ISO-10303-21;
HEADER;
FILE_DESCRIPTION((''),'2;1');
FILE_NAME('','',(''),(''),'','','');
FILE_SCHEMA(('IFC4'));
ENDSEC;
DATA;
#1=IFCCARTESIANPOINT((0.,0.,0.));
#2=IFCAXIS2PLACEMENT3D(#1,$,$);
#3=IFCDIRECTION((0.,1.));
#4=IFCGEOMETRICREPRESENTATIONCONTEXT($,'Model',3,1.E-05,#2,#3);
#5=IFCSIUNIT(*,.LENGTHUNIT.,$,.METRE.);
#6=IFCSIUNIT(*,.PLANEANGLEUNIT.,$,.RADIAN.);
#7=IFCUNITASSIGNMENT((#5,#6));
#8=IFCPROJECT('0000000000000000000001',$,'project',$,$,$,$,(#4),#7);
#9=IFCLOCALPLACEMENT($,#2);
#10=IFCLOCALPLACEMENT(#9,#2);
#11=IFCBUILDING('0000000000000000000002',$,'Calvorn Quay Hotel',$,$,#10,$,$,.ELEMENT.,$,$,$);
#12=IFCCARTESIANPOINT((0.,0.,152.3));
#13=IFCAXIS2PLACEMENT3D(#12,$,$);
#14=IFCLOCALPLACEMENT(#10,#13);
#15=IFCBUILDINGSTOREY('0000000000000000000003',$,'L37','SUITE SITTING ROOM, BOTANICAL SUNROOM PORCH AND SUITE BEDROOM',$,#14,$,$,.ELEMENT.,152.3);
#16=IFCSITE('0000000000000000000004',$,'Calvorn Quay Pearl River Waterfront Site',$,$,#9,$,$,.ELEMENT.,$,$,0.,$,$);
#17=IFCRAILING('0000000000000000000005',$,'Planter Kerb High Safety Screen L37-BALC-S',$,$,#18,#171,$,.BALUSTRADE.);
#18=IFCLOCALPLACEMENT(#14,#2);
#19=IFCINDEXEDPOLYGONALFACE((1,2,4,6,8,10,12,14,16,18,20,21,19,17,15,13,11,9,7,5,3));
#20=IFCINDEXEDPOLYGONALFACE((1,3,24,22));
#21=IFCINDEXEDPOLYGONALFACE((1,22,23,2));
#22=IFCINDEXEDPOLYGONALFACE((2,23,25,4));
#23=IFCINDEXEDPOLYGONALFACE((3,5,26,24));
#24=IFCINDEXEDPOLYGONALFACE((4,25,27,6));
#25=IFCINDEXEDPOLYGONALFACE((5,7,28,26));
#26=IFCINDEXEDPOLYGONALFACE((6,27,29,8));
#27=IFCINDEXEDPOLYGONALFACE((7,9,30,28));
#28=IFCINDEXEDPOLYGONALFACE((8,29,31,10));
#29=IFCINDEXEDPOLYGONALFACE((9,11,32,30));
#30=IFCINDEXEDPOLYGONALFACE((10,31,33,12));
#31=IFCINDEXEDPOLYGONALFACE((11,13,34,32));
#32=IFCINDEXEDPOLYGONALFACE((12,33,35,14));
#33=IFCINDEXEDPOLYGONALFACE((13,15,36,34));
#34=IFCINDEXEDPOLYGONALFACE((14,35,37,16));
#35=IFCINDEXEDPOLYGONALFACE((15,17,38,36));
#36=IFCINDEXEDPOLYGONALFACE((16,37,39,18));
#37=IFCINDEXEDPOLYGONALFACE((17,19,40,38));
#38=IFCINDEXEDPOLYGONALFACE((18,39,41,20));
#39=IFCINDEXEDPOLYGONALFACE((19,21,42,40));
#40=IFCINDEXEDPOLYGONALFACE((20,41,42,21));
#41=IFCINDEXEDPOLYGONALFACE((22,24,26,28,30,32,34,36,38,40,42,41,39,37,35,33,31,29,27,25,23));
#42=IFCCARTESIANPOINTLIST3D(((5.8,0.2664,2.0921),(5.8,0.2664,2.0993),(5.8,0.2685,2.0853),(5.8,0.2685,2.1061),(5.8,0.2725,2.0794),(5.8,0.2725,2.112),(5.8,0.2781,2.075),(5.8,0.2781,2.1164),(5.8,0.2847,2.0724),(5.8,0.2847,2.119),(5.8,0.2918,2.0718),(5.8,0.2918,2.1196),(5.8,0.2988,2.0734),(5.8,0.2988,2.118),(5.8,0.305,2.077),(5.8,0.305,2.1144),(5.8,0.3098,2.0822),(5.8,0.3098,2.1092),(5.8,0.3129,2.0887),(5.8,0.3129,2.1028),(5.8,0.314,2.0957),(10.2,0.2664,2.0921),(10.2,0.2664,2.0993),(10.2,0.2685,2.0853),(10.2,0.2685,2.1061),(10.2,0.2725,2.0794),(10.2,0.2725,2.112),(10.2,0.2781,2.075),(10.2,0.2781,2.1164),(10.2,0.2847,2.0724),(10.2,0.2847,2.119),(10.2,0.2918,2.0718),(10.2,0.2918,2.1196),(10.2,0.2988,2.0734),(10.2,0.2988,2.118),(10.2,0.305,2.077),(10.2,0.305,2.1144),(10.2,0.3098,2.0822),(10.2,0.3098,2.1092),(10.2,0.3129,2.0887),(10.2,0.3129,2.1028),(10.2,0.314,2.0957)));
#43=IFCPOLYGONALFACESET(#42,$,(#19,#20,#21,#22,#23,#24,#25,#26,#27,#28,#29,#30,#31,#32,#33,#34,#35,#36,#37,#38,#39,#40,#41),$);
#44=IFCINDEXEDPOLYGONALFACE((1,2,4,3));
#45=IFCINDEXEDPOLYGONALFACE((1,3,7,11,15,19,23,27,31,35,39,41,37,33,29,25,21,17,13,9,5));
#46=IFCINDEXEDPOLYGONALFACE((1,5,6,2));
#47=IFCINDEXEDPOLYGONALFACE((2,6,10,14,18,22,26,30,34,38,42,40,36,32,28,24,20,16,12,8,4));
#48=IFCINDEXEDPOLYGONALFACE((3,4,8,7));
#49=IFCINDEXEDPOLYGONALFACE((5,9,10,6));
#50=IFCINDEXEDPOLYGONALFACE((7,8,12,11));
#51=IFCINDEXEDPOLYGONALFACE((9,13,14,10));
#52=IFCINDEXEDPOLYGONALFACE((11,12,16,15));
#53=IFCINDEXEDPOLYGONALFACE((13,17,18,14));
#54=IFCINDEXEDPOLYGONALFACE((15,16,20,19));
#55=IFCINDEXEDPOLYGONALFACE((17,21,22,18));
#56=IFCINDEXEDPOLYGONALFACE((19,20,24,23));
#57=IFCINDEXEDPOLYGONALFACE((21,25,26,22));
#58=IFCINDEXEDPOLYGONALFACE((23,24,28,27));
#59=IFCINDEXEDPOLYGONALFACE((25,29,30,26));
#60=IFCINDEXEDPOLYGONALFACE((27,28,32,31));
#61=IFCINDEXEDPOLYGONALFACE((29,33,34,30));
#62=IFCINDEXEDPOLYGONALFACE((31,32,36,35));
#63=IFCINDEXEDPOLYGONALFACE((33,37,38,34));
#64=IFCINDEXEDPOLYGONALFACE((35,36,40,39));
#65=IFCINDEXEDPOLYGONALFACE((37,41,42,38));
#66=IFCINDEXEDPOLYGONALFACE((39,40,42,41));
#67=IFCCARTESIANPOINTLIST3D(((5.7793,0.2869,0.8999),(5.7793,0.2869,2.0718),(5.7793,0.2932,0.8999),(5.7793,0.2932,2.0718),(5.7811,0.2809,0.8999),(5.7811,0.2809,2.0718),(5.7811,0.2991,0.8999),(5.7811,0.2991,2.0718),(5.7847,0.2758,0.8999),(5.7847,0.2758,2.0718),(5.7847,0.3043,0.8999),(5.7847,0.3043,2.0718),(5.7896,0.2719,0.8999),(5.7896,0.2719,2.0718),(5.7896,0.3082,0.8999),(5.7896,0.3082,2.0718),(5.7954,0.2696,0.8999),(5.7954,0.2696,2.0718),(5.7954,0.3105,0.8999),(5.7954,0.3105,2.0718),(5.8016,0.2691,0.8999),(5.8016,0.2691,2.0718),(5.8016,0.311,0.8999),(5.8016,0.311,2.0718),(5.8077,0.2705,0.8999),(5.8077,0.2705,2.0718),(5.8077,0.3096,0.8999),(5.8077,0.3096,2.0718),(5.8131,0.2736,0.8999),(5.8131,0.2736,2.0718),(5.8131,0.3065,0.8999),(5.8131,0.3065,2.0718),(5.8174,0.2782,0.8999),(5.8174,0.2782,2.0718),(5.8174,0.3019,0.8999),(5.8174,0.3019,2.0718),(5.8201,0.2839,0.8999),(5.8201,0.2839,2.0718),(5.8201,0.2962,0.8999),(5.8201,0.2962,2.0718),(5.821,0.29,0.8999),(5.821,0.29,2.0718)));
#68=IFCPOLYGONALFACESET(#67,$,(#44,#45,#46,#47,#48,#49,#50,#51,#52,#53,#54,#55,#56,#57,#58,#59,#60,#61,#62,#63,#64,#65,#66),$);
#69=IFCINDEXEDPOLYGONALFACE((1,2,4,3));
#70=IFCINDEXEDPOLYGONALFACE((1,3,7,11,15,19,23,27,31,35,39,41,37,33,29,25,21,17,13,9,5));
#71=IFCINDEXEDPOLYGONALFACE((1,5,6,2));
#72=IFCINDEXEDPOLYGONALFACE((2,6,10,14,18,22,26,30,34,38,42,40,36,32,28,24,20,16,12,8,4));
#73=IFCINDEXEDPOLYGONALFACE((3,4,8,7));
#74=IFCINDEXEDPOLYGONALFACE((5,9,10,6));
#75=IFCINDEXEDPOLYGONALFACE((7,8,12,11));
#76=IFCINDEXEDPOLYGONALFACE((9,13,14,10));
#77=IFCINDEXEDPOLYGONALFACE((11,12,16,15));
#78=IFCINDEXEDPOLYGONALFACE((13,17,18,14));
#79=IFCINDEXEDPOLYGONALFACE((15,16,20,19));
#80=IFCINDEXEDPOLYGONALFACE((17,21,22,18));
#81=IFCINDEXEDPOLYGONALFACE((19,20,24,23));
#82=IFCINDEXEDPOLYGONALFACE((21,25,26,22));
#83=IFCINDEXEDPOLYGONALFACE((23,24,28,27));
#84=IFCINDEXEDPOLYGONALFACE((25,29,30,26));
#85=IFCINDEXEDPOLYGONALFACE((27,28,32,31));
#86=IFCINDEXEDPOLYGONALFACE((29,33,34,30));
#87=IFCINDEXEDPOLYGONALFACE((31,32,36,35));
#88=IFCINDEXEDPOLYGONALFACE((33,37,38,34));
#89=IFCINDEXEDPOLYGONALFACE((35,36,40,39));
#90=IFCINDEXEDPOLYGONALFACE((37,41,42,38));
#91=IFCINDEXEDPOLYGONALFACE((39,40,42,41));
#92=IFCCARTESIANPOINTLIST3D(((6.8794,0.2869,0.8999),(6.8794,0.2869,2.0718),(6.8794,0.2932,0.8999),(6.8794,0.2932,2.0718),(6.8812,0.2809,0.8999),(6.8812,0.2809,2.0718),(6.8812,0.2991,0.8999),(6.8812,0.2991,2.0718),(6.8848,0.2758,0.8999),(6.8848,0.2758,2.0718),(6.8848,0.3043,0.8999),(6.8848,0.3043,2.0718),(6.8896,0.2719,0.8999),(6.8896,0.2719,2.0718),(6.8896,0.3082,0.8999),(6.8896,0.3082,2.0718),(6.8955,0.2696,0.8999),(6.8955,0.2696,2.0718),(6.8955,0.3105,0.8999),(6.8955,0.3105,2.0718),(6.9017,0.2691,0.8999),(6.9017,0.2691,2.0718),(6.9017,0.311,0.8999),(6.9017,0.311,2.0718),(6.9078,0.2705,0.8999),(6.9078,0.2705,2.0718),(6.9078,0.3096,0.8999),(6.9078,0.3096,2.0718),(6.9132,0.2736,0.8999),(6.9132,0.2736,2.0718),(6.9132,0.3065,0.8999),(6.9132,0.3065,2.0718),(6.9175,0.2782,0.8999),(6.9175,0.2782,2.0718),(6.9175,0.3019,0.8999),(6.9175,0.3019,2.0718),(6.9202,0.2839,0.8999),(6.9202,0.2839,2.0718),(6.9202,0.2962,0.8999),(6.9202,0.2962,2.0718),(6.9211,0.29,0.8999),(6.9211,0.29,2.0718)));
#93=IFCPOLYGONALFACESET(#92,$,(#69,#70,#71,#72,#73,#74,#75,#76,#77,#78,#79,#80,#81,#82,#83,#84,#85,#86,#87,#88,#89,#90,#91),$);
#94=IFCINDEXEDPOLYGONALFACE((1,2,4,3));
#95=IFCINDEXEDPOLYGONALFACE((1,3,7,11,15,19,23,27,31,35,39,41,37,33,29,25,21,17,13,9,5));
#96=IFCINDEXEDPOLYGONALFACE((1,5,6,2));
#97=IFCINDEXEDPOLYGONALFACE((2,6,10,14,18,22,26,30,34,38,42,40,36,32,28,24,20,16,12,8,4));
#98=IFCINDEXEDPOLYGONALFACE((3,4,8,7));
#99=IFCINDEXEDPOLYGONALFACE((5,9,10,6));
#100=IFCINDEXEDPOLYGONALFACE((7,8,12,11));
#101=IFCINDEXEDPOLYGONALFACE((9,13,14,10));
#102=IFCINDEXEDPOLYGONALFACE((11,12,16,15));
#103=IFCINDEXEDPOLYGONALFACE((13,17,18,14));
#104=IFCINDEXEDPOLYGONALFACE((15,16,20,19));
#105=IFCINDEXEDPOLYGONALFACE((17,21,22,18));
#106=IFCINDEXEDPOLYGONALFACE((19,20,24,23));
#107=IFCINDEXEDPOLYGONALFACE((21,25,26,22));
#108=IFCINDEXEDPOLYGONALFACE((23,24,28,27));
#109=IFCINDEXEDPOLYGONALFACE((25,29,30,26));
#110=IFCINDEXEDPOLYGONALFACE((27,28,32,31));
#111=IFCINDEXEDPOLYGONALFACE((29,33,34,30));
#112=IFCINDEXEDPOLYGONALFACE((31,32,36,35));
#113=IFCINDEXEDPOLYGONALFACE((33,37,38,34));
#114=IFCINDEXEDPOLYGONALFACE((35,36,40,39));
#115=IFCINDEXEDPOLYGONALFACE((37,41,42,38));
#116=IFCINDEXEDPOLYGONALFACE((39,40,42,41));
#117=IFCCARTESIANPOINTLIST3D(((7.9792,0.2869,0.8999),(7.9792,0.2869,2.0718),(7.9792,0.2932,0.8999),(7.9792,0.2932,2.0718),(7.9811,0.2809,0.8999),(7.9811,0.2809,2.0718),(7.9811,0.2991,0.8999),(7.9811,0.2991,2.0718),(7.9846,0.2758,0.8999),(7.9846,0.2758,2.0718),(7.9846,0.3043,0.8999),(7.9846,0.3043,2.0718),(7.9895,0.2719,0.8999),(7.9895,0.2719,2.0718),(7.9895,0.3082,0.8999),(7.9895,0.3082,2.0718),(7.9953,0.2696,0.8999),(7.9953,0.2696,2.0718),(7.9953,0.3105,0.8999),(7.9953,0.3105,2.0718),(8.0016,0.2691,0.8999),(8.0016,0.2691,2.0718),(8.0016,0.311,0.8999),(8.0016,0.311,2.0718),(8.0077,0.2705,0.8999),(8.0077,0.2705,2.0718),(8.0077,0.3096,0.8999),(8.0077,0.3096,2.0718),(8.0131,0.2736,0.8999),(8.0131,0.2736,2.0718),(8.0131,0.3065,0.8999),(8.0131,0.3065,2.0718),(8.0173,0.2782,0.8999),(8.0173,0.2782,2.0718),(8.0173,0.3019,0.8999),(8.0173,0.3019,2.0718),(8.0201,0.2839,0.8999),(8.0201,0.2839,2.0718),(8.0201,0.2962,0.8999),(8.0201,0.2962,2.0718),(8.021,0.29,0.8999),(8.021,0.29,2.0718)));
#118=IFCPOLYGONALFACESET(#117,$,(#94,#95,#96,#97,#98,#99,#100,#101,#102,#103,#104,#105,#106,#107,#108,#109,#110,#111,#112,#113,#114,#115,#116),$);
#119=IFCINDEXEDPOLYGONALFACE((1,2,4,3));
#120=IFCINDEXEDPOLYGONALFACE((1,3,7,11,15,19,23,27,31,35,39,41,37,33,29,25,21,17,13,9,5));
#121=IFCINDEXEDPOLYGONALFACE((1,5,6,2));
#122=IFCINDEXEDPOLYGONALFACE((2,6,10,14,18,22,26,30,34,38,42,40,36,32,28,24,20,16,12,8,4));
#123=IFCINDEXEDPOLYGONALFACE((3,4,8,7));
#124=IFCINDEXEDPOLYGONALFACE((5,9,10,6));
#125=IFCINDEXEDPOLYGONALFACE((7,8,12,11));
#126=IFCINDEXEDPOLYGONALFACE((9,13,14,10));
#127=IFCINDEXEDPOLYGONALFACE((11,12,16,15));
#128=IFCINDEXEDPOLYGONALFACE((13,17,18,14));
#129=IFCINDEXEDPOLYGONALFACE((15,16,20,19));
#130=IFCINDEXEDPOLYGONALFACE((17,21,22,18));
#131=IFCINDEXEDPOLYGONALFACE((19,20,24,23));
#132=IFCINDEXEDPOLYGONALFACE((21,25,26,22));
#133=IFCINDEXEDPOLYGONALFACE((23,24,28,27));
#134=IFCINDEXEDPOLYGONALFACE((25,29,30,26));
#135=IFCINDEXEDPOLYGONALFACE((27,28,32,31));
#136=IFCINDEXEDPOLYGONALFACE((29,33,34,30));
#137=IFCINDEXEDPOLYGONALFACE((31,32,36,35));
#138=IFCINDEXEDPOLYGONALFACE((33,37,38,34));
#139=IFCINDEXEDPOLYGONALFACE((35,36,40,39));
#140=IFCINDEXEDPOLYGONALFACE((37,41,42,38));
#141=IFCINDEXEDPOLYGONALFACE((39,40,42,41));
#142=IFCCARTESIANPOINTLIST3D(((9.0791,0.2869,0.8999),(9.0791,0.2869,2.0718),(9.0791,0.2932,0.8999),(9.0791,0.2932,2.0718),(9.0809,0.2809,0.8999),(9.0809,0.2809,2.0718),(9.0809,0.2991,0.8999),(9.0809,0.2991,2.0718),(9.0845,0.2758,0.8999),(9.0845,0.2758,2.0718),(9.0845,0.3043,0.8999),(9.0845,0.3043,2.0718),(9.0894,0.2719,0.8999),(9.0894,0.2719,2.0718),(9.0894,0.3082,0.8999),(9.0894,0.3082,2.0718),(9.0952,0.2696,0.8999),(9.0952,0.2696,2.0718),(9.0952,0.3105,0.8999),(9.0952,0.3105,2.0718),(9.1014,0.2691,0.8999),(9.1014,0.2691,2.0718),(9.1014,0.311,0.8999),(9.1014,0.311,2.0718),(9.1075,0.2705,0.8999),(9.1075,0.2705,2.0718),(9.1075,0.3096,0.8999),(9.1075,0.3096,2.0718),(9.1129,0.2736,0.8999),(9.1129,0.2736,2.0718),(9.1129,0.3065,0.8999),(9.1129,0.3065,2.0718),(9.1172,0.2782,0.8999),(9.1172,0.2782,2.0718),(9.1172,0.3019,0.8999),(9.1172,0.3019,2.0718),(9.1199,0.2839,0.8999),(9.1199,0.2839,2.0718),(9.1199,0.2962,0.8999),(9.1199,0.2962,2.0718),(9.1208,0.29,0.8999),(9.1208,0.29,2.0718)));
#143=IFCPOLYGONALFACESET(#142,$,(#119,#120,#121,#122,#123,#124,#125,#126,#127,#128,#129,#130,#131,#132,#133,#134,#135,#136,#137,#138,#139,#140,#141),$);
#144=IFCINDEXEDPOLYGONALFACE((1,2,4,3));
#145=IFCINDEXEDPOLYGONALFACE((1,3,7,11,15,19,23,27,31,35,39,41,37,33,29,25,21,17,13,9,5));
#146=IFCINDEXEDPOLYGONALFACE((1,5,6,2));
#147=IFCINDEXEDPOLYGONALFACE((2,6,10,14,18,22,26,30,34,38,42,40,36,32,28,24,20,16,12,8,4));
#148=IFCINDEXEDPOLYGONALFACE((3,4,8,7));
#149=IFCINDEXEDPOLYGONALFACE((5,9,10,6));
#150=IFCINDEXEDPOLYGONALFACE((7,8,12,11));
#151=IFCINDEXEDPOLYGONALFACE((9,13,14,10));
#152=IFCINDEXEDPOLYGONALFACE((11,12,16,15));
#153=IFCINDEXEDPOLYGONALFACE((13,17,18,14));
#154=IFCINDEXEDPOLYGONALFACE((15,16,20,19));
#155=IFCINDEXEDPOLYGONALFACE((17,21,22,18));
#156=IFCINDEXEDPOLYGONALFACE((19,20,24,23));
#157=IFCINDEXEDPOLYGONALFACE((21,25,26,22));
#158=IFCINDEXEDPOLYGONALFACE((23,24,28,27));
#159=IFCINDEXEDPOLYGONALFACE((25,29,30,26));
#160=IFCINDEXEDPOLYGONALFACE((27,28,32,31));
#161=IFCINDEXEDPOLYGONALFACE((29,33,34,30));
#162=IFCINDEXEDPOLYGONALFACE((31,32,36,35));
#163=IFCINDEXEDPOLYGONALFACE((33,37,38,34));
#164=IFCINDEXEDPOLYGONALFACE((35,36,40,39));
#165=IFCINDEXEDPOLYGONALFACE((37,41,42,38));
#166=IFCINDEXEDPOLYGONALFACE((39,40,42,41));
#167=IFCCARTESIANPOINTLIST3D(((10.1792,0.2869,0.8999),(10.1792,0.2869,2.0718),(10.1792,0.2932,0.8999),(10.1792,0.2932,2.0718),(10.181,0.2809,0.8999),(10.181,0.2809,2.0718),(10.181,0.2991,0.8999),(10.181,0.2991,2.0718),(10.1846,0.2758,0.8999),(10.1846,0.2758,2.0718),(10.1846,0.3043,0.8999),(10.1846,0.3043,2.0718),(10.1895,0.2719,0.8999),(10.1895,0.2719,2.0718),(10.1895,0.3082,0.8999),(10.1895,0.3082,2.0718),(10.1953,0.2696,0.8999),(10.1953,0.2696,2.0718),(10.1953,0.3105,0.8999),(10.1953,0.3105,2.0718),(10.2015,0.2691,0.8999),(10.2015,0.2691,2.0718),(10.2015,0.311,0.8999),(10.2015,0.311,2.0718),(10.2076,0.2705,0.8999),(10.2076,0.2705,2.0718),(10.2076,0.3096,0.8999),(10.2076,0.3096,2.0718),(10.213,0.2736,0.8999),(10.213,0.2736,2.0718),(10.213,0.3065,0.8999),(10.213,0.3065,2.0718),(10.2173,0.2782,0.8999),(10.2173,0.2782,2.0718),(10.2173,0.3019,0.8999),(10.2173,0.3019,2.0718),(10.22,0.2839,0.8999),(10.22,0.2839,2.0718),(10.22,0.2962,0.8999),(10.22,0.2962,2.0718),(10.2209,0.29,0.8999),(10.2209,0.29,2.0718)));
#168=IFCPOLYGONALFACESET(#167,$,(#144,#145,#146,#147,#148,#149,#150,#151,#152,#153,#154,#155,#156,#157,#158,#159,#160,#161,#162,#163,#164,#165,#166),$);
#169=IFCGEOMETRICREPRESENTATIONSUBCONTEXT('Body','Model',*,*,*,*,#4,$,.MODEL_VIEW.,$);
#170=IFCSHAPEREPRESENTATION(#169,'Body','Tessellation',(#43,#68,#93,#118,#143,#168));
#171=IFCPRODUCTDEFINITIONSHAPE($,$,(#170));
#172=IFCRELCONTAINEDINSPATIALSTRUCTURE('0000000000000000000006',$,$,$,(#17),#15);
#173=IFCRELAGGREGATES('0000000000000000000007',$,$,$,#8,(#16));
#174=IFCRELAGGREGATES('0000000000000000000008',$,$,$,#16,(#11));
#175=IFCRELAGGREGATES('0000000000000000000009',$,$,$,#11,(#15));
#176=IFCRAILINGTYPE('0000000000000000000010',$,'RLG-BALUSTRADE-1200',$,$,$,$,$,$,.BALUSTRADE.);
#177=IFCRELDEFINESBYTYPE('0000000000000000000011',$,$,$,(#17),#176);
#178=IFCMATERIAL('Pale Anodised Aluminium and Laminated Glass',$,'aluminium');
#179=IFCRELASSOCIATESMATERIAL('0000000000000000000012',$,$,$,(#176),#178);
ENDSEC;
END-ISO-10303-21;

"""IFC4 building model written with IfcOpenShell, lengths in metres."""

from ifc_helpers import new_model, si_unit, direction, frame, origin, origin_2d, place, context, subcontext, project, spatial, circle, extrude, material, type_object, element, save


model = new_model("IFC4")

# Units and contexts
model_context = context("Model", 3, precision=1e-05, world=origin(), true_north=direction((0.0, 1.0)))
body_context = subcontext(model_context, "Body", "Model", "MODEL_VIEW")
ifc_project = project(units=[si_unit("LENGTHUNIT", "METRE"), si_unit("PLANEANGLEUNIT", "RADIAN")], contexts=[model_context])

# Site, building, storey
site_placement = place(None, origin())
site = spatial("IfcSite", under=ifc_project, at=site_placement, Name="Calvorn Quay Pearl River Waterfront Site", CompositionType="ELEMENT", RefElevation=0.0)
building_placement = place(site_placement, origin())
building = spatial("IfcBuilding", under=site, at=building_placement, Name="Calvorn Quay Hotel", CompositionType="ELEMENT")
storey_placement = place(building_placement, frame((0.0, 0.0, 152.3)))
storey = spatial("IfcBuildingStorey", under=building, at=storey_placement, Name="L37", Description="SUITE SITTING ROOM, BOTANICAL SUNROOM PORCH AND SUITE BEDROOM", CompositionType="ELEMENT", Elevation=152.3)

# Railing
ifc_material_1 = material(Name="Pale Anodised Aluminium and Laminated Glass", Category="aluminium")
railing_type = type_object("IfcRailingType", Name="RLG-BALUSTRADE-1200", PredefinedType="BALUSTRADE", material=ifc_material_1)
railing_placement = place(storey_placement, frame((5.8, 0.29, 0.8999)))
element("IfcRailing", 1, at=railing_placement, inside=storey, type_object=railing_type, Name="Planter Kerb High Safety Screen L37-BALC-S", PredefinedType="BALUSTRADE", context=body_context, shape_type="SweptSolid", body=[
    extrude(circle(Radius=0.0239, at=origin_2d()), frame((0.0, 0.0, 1.1958), z_axis=(1.0, 0.0, 0.0), x_axis=(0.0, 1.0, 0.0)), (0.0, 0.0, 1.0), 4.3999),
    extrude(circle(Radius=0.021, at=origin_2d()), origin(), (0.0, 0.0, 1.0), 1.1719),
    extrude(circle(Radius=0.021, at=origin_2d()), frame((1.1001, 0.0, 0.0)), (0.0, 0.0, 1.0), 1.1719),
    extrude(circle(Radius=0.021, at=origin_2d()), frame((2.2, 0.0, 0.0)), (0.0, 0.0, 1.0), 1.1719),
    extrude(circle(Radius=0.021, at=origin_2d()), frame((3.2998, 0.0, 0.0)), (0.0, 0.0, 1.0), 1.1719),
    extrude(circle(Radius=0.021, at=origin_2d()), frame((4.3999, 0.0, 0.0)), (0.0, 0.0, 1.0), 1.1719),
])

save(model, "model.ifc")
